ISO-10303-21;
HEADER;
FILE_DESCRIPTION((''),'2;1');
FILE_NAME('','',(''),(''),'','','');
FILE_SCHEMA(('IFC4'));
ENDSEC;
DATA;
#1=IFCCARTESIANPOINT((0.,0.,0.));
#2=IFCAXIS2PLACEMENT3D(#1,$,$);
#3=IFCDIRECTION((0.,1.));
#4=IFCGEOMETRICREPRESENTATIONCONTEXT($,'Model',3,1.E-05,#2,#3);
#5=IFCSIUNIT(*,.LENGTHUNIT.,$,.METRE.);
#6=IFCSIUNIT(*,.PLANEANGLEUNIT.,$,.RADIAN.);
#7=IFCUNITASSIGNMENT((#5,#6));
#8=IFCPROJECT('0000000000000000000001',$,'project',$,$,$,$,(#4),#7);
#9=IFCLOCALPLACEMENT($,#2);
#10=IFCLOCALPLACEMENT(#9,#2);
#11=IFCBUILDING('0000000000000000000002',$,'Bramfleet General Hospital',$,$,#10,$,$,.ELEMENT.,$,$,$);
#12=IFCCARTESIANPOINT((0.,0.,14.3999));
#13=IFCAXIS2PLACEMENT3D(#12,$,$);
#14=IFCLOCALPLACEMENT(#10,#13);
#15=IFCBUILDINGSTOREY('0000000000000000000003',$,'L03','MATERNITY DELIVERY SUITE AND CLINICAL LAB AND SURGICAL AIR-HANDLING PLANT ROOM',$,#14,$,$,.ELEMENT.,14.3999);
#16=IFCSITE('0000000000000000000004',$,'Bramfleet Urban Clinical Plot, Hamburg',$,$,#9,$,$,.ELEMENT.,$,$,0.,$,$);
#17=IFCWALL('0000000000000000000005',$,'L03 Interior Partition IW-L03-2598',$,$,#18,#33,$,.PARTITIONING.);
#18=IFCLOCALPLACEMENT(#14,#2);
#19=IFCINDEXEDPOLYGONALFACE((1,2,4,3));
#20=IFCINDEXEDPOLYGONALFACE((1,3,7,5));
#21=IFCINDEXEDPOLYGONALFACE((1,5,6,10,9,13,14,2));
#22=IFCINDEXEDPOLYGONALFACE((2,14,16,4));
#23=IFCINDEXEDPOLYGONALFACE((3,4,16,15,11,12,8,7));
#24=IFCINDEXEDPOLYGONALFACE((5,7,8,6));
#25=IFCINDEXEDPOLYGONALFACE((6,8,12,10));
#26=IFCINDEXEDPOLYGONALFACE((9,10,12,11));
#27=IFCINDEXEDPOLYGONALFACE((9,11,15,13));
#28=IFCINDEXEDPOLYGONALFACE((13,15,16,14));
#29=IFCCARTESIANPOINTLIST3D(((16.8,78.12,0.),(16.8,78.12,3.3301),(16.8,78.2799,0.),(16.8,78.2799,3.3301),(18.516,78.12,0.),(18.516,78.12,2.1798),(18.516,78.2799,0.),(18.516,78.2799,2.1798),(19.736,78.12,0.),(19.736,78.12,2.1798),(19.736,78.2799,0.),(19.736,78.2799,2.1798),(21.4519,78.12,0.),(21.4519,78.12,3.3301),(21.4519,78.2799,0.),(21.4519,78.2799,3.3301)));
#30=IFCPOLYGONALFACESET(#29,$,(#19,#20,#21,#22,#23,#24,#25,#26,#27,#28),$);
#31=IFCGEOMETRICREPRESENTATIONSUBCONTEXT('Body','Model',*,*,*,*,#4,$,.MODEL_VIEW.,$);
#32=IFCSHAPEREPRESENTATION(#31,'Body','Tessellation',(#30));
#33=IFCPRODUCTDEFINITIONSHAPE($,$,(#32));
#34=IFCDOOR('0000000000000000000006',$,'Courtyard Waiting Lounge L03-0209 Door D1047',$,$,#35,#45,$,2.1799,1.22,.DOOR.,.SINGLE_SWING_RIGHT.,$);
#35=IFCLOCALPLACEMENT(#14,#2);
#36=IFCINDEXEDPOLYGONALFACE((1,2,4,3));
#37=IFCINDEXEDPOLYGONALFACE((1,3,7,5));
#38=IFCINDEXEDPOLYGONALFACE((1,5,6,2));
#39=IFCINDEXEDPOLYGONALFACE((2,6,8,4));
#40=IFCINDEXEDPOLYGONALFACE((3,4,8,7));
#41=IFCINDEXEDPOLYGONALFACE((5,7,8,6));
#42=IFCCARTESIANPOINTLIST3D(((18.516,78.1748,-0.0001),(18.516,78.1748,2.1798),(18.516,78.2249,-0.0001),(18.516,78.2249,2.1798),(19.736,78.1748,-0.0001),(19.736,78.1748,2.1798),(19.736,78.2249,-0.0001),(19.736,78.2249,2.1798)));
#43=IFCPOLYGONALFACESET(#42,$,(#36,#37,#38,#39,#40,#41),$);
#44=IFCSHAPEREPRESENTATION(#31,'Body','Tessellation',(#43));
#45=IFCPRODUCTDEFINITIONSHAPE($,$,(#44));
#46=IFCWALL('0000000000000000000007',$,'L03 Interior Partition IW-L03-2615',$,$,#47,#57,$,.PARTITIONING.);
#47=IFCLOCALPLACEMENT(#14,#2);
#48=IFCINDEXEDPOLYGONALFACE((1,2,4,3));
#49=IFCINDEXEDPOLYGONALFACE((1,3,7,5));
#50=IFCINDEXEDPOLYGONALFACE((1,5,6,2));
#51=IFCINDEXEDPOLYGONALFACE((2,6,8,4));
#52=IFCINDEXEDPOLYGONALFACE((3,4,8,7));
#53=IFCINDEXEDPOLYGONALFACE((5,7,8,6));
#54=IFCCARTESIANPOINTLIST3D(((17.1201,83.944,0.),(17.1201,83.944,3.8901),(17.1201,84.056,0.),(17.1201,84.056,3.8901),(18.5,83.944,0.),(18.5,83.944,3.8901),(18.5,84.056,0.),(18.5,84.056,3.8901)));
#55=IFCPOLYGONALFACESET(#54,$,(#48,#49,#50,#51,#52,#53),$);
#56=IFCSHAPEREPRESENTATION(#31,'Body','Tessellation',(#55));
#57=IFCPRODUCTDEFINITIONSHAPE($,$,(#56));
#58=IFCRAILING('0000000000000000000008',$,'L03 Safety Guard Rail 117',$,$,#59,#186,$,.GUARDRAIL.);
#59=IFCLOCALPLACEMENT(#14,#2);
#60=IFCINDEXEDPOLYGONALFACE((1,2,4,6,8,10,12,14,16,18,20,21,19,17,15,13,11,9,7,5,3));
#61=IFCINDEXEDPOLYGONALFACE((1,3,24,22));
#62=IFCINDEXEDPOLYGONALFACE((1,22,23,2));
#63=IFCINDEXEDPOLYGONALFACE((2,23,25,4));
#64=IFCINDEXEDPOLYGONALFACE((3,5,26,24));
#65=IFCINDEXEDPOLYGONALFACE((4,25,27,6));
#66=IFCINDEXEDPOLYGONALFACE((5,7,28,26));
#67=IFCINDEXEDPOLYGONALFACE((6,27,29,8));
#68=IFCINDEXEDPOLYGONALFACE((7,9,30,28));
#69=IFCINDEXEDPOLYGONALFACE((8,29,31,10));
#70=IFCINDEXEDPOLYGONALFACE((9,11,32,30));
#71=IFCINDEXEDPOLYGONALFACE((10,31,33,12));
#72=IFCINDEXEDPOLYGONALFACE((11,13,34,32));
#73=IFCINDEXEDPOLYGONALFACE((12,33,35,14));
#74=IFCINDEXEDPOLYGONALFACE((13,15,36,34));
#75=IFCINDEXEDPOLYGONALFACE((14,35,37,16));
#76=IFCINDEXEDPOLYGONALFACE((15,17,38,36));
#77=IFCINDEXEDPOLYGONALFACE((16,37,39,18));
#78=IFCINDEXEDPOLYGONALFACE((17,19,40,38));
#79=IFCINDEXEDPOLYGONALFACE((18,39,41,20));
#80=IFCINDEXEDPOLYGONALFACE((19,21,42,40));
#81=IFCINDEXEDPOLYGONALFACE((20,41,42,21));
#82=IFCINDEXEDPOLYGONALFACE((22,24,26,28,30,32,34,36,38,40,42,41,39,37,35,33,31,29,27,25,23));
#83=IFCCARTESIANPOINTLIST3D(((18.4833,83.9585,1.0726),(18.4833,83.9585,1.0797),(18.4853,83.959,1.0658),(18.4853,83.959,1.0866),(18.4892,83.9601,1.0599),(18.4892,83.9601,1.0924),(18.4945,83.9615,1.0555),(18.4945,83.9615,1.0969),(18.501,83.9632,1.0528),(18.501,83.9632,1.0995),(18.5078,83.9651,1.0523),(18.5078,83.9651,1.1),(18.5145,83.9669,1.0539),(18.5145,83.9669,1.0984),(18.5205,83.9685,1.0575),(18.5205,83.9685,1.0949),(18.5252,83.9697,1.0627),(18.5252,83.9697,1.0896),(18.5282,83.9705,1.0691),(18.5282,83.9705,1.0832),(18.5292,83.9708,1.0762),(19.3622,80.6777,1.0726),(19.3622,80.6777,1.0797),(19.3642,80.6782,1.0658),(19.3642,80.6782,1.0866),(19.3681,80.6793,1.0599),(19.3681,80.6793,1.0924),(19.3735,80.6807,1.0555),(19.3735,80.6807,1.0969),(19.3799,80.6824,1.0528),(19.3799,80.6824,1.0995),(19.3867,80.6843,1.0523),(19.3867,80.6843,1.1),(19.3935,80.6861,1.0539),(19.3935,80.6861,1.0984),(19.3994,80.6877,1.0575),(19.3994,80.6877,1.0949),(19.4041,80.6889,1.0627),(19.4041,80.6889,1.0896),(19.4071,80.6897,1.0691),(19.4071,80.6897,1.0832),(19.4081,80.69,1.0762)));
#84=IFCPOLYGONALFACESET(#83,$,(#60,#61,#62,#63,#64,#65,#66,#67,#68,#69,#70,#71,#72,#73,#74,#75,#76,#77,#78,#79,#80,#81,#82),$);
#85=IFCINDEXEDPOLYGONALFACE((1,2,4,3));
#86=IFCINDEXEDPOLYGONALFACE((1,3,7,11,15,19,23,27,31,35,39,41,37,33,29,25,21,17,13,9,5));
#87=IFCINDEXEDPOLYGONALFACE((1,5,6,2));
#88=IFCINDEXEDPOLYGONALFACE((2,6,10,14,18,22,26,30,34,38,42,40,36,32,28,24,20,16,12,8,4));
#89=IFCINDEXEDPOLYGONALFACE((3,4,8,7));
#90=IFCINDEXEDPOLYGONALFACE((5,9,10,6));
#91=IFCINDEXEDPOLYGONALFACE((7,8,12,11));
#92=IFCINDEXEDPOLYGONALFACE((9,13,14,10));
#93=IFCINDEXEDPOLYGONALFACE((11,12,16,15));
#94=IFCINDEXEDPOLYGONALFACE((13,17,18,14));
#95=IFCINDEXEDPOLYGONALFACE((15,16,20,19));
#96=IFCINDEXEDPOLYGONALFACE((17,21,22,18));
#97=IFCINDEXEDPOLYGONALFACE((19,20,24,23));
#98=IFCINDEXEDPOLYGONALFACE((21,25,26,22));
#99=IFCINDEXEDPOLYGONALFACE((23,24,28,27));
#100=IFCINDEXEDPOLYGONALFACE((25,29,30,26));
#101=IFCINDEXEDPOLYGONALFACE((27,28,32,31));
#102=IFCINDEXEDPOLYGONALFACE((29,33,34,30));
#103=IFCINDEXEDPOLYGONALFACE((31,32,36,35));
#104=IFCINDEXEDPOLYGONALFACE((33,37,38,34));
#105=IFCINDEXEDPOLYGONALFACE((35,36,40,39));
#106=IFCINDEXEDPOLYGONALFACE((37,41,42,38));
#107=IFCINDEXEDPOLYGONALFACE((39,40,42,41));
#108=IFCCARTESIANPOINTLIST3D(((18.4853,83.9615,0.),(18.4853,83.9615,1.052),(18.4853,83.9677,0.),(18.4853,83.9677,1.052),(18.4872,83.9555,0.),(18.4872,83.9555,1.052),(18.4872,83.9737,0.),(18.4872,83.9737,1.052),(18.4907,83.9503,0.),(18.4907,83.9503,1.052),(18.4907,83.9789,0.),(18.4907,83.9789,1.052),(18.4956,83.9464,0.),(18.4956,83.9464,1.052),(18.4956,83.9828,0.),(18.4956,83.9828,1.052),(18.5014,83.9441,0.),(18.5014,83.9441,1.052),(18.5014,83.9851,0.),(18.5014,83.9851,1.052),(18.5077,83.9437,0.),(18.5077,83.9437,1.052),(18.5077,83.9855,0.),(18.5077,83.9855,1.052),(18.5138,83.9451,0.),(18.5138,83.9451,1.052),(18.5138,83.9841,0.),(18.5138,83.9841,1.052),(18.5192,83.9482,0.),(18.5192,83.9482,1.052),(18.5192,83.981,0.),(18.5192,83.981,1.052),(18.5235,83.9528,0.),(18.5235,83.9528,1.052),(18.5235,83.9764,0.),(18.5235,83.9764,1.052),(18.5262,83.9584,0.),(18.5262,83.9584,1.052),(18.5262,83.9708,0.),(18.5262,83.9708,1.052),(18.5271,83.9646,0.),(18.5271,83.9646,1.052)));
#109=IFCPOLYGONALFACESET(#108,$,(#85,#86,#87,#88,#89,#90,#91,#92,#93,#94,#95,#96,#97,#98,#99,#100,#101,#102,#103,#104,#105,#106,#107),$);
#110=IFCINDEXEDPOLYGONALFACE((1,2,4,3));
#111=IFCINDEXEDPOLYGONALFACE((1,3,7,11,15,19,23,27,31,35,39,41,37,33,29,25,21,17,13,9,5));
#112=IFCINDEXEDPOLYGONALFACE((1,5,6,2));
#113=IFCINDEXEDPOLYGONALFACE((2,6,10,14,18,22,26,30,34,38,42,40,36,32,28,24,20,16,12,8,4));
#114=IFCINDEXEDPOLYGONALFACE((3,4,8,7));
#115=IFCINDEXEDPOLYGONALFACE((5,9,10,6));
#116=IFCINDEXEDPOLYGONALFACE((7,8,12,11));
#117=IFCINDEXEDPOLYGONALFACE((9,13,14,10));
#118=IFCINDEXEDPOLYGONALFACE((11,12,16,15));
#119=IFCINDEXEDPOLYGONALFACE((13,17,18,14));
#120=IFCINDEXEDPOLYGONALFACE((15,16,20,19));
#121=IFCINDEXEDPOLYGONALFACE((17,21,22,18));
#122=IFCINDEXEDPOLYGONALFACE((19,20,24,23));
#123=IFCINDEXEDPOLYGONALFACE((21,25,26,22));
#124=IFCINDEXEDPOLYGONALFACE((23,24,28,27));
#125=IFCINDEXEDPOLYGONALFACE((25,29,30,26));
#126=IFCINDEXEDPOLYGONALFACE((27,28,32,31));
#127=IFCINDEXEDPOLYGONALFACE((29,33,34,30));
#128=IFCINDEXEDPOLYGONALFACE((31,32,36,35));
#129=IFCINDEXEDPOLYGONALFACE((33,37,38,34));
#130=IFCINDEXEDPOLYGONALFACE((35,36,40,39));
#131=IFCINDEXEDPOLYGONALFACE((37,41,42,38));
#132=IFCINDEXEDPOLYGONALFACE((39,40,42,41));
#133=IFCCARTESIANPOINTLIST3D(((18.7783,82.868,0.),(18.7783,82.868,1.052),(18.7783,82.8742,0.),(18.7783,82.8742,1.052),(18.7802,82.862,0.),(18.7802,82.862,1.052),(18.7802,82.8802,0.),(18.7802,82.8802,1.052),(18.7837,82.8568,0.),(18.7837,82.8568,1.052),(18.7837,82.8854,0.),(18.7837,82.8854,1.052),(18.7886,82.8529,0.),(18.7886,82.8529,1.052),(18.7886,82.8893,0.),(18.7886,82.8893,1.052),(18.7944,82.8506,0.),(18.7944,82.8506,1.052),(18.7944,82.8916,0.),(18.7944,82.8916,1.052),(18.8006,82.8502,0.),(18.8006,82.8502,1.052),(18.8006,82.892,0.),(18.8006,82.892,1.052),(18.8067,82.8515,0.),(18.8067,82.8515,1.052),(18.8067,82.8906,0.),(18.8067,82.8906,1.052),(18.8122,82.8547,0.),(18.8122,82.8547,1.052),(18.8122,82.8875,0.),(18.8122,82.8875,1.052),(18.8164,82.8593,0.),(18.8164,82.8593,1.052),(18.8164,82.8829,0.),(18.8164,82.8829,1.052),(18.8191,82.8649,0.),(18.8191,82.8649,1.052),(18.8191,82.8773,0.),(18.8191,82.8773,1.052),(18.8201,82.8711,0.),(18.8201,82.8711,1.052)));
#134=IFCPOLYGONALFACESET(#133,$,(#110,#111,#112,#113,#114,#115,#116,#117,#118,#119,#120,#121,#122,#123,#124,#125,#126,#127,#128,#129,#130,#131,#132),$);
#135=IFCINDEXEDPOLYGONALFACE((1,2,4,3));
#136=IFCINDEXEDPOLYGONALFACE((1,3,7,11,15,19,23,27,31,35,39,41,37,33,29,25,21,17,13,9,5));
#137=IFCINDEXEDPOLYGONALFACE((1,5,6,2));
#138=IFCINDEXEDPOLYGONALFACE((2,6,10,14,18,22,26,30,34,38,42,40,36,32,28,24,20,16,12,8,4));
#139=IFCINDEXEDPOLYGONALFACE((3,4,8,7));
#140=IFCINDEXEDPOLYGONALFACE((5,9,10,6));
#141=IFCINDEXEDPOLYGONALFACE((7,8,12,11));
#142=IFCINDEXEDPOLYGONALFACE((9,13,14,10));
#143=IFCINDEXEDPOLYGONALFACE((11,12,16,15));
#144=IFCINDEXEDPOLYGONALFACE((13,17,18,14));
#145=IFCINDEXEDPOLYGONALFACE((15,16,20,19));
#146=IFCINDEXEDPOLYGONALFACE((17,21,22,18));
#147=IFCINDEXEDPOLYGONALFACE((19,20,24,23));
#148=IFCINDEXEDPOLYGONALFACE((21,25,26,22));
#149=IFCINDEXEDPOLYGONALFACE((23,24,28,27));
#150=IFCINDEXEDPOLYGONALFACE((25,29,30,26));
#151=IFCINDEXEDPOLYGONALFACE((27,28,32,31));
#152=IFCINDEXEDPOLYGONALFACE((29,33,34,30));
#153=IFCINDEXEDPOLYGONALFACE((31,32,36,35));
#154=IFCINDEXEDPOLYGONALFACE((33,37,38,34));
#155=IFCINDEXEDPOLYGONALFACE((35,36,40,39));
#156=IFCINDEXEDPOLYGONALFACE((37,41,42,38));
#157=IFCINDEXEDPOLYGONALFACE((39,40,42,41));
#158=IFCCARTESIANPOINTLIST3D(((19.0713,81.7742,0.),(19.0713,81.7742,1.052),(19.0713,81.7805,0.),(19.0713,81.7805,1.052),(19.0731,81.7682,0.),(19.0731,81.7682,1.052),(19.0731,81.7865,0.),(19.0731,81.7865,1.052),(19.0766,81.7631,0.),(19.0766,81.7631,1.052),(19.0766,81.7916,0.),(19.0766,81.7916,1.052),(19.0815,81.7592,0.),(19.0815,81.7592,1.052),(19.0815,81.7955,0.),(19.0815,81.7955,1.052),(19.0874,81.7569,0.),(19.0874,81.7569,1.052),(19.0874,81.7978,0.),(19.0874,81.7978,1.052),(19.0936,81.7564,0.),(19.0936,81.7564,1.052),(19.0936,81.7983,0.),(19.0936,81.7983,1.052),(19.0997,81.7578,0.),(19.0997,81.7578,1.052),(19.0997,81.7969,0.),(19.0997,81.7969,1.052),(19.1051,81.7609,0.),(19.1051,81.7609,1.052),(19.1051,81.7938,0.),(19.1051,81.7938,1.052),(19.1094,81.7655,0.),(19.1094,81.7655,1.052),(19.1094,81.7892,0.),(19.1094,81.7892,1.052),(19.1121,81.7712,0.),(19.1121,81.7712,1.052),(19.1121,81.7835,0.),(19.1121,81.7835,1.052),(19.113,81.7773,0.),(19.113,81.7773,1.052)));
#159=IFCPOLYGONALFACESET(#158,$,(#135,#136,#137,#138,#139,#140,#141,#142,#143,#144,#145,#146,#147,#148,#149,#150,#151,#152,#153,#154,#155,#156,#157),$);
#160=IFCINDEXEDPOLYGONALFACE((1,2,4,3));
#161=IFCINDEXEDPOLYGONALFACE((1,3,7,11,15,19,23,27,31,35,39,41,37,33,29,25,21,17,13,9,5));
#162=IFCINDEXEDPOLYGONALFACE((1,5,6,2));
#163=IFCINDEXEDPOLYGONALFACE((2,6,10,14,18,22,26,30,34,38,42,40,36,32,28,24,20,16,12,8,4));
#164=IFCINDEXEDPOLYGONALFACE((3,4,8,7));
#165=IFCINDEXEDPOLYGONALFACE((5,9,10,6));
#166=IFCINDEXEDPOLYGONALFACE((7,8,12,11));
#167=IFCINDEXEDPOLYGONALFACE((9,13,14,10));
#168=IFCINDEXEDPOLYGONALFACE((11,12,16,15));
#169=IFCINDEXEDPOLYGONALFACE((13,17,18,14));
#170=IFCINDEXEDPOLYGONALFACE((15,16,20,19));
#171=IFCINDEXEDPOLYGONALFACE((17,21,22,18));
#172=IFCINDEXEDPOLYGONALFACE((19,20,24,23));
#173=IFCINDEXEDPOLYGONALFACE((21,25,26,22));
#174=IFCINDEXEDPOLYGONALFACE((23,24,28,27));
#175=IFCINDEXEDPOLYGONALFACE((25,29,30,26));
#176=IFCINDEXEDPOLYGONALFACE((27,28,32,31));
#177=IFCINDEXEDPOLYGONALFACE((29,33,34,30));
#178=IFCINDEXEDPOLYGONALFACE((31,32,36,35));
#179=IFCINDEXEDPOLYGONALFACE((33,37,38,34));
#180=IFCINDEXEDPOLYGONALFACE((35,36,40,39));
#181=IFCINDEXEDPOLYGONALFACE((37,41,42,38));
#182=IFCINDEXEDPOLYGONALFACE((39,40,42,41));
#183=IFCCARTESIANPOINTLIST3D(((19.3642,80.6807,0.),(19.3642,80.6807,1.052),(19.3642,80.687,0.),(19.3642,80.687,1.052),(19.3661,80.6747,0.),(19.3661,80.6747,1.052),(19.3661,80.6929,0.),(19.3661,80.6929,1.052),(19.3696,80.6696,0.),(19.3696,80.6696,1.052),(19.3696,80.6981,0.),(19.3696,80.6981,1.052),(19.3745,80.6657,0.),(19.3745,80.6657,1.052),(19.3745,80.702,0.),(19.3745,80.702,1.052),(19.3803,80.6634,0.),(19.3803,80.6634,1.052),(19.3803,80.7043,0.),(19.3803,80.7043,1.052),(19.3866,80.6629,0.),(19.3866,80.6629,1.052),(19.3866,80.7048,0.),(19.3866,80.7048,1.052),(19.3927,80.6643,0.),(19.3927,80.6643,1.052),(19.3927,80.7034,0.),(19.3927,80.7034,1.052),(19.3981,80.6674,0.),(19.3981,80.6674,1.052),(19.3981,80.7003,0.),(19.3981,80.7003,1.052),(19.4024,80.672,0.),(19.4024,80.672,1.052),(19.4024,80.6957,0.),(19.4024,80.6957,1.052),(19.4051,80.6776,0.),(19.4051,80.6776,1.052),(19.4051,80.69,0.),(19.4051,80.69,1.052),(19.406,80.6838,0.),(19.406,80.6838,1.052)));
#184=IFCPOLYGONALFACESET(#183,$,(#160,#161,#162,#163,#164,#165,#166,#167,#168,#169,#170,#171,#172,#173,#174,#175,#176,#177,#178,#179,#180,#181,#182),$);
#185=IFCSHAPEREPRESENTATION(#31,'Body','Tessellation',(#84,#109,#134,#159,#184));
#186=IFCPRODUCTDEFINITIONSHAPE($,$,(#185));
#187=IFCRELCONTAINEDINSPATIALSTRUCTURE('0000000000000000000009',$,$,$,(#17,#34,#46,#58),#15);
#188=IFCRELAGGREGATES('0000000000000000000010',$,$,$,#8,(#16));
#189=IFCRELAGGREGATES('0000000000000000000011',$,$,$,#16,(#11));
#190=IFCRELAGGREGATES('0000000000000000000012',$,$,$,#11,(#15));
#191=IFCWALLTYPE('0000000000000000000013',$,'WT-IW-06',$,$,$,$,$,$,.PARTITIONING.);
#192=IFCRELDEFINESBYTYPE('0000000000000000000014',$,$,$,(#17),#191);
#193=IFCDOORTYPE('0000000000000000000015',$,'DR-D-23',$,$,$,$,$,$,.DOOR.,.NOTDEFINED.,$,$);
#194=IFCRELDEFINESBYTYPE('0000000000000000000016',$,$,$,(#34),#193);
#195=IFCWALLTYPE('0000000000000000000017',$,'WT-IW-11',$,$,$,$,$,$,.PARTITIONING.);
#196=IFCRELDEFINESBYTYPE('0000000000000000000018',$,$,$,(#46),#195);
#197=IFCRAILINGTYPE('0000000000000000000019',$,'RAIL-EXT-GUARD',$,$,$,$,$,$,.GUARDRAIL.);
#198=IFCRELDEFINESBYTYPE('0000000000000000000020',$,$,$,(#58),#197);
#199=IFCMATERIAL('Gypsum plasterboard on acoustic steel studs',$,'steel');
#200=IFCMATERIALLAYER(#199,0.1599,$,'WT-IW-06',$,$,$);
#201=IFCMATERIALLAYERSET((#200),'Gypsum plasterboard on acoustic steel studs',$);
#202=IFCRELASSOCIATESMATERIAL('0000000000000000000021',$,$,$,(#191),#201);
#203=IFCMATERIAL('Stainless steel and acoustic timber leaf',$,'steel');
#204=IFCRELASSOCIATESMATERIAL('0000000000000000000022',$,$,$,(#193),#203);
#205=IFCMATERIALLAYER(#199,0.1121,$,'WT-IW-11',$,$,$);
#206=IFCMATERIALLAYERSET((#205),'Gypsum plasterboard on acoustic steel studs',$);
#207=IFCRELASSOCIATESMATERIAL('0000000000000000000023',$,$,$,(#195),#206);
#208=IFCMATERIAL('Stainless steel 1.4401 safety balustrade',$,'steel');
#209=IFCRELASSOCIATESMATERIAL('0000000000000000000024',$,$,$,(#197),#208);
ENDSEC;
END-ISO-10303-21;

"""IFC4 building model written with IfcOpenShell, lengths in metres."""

from ifc_helpers import new_model, si_unit, direction, frame, frame_2d, origin, origin_2d, place, context, subcontext, project, spatial, rectangle, circle, extrude, material, layer, layer_set, type_object, element, fill, save


model = new_model("IFC4")

# Units and contexts
model_context = context("Model", 3, precision=1e-05, world=origin(), true_north=direction((0.0, 1.0)))
body_context = subcontext(model_context, "Body", "Model", "MODEL_VIEW")
ifc_project = project(units=[si_unit("LENGTHUNIT", "METRE"), si_unit("PLANEANGLEUNIT", "RADIAN")], contexts=[model_context])

# Site, building, storey
site_placement = place(None, origin())
site = spatial("IfcSite", under=ifc_project, at=site_placement, Name="Bramfleet Urban Clinical Plot, Hamburg", CompositionType="ELEMENT", RefElevation=0.0)
building_placement = place(site_placement, origin())
building = spatial("IfcBuilding", under=site, at=building_placement, Name="Bramfleet General Hospital", CompositionType="ELEMENT")
storey_placement = place(building_placement, frame((0.0, 0.0, 14.3999)))
storey = spatial("IfcBuildingStorey", under=building, at=storey_placement, Name="L03", Description="MATERNITY DELIVERY SUITE AND CLINICAL LAB AND SURGICAL AIR-HANDLING PLANT ROOM", CompositionType="ELEMENT", Elevation=14.3999)

# Shared definitions
ifc_material_1 = material(Name="Stainless steel and acoustic timber leaf", Category="steel")

# Wall, opening, door
ifc_material_2 = material(Name="Gypsum plasterboard on acoustic steel studs", Category="steel")
ifc_layer_1 = layer(ifc_material_2, 0.1599, Name="WT-IW-06")
ifc_layer_set_1 = layer_set([ifc_layer_1], Name="Gypsum plasterboard on acoustic steel studs")
wall_type_1 = type_object("IfcWallType", Name="WT-IW-06", PredefinedType="PARTITIONING", material=ifc_layer_set_1)
wall_1_placement = place(storey_placement, frame((16.8, 78.2, 0.0), z_axis=(0.0, 0.0, 1.0), x_axis=(1.0, 0.0, 0.0)))
wall_1 = element("IfcWall", 1, at=wall_1_placement, inside=storey, type_object=wall_type_1, Name="L03 Interior Partition IW-L03-2598", PredefinedType="PARTITIONING", context=body_context, shape_type="SweptSolid", body=[
    extrude(rectangle(XDim=4.6519, YDim=0.1599, at=frame_2d((2.3259, 0.0))), origin(), (0.0, 0.0, 1.0), 3.3301),
])
opening_1_placement = place(wall_1_placement, frame((1.7161, 0.0, 0.0)))
opening_1 = element("IfcOpeningElement", 2, at=opening_1_placement, cuts=wall_1, PredefinedType="OPENING", context=body_context, shape_type="SweptSolid", body=[
    extrude(rectangle(XDim=1.22, YDim=2.1799, at=frame_2d((0.6099, 1.0898))), frame((0.0, 0.0898, 0.0), z_axis=(0.0, -1.0, 0.0), x_axis=(1.0, 0.0, 0.0)), (0.0, 0.0, 1.0), 0.1799),
])
door_type_1 = type_object("IfcDoorType", Name="DR-D-23", OperationType="NOTDEFINED", PredefinedType="DOOR", material=ifc_material_1)
door_1_placement = place(opening_1_placement, origin())
door_1 = element("IfcDoor", 3, at=door_1_placement, inside=storey, type_object=door_type_1, Name="Courtyard Waiting Lounge L03-0209 Door D1047", OperationType="SINGLE_SWING_RIGHT", OverallHeight=2.1799, OverallWidth=1.22, PredefinedType="DOOR", context=body_context, shape_type="SweptSolid", body=[
    extrude(rectangle(XDim=1.22, YDim=2.1799, at=frame_2d((0.6099, 1.0898))), frame((0.0, 0.0249, 0.0), z_axis=(0.0, -1.0, 0.0), x_axis=(1.0, 0.0, 0.0)), (0.0, 0.0, 1.0), 0.05),
])
fill(opening_1, door_1)

# Wall
ifc_layer_2 = layer(ifc_material_2, 0.1121, Name="WT-IW-11")
ifc_layer_set_2 = layer_set([ifc_layer_2], Name="Gypsum plasterboard on acoustic steel studs")
wall_type_2 = type_object("IfcWallType", Name="WT-IW-11", PredefinedType="PARTITIONING", material=ifc_layer_set_2)
wall_2_placement = place(storey_placement, frame((17.1201, 84.0, 0.0), z_axis=(0.0, 0.0, 1.0), x_axis=(1.0, 0.0, 0.0)))
element("IfcWall", 4, at=wall_2_placement, inside=storey, type_object=wall_type_2, Name="L03 Interior Partition IW-L03-2615", PredefinedType="PARTITIONING", context=body_context, shape_type="SweptSolid", body=[
    extrude(rectangle(XDim=1.3799, YDim=0.1121, at=frame_2d((0.6899, 0.0))), origin(), (0.0, 0.0, 1.0), 3.8901),
])

# Railing
ifc_material_3 = material(Name="Stainless steel 1.4401 safety balustrade", Category="steel")
railing_type = type_object("IfcRailingType", Name="RAIL-EXT-GUARD", PredefinedType="GUARDRAIL", material=ifc_material_3)
railing_placement = place(storey_placement, frame((18.5061, 83.9646, 0.0)))
element("IfcRailing", 5, at=railing_placement, inside=storey, type_object=railing_type, Name="L03 Safety Guard Rail 117", PredefinedType="GUARDRAIL", context=body_context, shape_type="SweptSolid", body=[
    extrude(circle(Radius=0.0239, at=origin_2d()), frame((0.0, 0.0, 1.0762), z_axis=(0.258772, -0.965938, 0.0), x_axis=(0.965938, 0.258772, 0.0)), (0.0, 0.0, 1.0), 3.3965),
    extrude(circle(Radius=0.021, at=origin_2d()), origin(), (0.0, 0.0, 1.0), 1.052),
    extrude(circle(Radius=0.021, at=origin_2d()), frame((0.293, -1.0935, 0.0)), (0.0, 0.0, 1.0), 1.052),
    extrude(circle(Radius=0.021, at=origin_2d()), frame((0.5859, -2.1873, 0.0)), (0.0, 0.0, 1.0), 1.052),
    extrude(circle(Radius=0.021, at=origin_2d()), frame((0.8789, -3.2808, 0.0)), (0.0, 0.0, 1.0), 1.052),
])

save(model, "model.ifc")
